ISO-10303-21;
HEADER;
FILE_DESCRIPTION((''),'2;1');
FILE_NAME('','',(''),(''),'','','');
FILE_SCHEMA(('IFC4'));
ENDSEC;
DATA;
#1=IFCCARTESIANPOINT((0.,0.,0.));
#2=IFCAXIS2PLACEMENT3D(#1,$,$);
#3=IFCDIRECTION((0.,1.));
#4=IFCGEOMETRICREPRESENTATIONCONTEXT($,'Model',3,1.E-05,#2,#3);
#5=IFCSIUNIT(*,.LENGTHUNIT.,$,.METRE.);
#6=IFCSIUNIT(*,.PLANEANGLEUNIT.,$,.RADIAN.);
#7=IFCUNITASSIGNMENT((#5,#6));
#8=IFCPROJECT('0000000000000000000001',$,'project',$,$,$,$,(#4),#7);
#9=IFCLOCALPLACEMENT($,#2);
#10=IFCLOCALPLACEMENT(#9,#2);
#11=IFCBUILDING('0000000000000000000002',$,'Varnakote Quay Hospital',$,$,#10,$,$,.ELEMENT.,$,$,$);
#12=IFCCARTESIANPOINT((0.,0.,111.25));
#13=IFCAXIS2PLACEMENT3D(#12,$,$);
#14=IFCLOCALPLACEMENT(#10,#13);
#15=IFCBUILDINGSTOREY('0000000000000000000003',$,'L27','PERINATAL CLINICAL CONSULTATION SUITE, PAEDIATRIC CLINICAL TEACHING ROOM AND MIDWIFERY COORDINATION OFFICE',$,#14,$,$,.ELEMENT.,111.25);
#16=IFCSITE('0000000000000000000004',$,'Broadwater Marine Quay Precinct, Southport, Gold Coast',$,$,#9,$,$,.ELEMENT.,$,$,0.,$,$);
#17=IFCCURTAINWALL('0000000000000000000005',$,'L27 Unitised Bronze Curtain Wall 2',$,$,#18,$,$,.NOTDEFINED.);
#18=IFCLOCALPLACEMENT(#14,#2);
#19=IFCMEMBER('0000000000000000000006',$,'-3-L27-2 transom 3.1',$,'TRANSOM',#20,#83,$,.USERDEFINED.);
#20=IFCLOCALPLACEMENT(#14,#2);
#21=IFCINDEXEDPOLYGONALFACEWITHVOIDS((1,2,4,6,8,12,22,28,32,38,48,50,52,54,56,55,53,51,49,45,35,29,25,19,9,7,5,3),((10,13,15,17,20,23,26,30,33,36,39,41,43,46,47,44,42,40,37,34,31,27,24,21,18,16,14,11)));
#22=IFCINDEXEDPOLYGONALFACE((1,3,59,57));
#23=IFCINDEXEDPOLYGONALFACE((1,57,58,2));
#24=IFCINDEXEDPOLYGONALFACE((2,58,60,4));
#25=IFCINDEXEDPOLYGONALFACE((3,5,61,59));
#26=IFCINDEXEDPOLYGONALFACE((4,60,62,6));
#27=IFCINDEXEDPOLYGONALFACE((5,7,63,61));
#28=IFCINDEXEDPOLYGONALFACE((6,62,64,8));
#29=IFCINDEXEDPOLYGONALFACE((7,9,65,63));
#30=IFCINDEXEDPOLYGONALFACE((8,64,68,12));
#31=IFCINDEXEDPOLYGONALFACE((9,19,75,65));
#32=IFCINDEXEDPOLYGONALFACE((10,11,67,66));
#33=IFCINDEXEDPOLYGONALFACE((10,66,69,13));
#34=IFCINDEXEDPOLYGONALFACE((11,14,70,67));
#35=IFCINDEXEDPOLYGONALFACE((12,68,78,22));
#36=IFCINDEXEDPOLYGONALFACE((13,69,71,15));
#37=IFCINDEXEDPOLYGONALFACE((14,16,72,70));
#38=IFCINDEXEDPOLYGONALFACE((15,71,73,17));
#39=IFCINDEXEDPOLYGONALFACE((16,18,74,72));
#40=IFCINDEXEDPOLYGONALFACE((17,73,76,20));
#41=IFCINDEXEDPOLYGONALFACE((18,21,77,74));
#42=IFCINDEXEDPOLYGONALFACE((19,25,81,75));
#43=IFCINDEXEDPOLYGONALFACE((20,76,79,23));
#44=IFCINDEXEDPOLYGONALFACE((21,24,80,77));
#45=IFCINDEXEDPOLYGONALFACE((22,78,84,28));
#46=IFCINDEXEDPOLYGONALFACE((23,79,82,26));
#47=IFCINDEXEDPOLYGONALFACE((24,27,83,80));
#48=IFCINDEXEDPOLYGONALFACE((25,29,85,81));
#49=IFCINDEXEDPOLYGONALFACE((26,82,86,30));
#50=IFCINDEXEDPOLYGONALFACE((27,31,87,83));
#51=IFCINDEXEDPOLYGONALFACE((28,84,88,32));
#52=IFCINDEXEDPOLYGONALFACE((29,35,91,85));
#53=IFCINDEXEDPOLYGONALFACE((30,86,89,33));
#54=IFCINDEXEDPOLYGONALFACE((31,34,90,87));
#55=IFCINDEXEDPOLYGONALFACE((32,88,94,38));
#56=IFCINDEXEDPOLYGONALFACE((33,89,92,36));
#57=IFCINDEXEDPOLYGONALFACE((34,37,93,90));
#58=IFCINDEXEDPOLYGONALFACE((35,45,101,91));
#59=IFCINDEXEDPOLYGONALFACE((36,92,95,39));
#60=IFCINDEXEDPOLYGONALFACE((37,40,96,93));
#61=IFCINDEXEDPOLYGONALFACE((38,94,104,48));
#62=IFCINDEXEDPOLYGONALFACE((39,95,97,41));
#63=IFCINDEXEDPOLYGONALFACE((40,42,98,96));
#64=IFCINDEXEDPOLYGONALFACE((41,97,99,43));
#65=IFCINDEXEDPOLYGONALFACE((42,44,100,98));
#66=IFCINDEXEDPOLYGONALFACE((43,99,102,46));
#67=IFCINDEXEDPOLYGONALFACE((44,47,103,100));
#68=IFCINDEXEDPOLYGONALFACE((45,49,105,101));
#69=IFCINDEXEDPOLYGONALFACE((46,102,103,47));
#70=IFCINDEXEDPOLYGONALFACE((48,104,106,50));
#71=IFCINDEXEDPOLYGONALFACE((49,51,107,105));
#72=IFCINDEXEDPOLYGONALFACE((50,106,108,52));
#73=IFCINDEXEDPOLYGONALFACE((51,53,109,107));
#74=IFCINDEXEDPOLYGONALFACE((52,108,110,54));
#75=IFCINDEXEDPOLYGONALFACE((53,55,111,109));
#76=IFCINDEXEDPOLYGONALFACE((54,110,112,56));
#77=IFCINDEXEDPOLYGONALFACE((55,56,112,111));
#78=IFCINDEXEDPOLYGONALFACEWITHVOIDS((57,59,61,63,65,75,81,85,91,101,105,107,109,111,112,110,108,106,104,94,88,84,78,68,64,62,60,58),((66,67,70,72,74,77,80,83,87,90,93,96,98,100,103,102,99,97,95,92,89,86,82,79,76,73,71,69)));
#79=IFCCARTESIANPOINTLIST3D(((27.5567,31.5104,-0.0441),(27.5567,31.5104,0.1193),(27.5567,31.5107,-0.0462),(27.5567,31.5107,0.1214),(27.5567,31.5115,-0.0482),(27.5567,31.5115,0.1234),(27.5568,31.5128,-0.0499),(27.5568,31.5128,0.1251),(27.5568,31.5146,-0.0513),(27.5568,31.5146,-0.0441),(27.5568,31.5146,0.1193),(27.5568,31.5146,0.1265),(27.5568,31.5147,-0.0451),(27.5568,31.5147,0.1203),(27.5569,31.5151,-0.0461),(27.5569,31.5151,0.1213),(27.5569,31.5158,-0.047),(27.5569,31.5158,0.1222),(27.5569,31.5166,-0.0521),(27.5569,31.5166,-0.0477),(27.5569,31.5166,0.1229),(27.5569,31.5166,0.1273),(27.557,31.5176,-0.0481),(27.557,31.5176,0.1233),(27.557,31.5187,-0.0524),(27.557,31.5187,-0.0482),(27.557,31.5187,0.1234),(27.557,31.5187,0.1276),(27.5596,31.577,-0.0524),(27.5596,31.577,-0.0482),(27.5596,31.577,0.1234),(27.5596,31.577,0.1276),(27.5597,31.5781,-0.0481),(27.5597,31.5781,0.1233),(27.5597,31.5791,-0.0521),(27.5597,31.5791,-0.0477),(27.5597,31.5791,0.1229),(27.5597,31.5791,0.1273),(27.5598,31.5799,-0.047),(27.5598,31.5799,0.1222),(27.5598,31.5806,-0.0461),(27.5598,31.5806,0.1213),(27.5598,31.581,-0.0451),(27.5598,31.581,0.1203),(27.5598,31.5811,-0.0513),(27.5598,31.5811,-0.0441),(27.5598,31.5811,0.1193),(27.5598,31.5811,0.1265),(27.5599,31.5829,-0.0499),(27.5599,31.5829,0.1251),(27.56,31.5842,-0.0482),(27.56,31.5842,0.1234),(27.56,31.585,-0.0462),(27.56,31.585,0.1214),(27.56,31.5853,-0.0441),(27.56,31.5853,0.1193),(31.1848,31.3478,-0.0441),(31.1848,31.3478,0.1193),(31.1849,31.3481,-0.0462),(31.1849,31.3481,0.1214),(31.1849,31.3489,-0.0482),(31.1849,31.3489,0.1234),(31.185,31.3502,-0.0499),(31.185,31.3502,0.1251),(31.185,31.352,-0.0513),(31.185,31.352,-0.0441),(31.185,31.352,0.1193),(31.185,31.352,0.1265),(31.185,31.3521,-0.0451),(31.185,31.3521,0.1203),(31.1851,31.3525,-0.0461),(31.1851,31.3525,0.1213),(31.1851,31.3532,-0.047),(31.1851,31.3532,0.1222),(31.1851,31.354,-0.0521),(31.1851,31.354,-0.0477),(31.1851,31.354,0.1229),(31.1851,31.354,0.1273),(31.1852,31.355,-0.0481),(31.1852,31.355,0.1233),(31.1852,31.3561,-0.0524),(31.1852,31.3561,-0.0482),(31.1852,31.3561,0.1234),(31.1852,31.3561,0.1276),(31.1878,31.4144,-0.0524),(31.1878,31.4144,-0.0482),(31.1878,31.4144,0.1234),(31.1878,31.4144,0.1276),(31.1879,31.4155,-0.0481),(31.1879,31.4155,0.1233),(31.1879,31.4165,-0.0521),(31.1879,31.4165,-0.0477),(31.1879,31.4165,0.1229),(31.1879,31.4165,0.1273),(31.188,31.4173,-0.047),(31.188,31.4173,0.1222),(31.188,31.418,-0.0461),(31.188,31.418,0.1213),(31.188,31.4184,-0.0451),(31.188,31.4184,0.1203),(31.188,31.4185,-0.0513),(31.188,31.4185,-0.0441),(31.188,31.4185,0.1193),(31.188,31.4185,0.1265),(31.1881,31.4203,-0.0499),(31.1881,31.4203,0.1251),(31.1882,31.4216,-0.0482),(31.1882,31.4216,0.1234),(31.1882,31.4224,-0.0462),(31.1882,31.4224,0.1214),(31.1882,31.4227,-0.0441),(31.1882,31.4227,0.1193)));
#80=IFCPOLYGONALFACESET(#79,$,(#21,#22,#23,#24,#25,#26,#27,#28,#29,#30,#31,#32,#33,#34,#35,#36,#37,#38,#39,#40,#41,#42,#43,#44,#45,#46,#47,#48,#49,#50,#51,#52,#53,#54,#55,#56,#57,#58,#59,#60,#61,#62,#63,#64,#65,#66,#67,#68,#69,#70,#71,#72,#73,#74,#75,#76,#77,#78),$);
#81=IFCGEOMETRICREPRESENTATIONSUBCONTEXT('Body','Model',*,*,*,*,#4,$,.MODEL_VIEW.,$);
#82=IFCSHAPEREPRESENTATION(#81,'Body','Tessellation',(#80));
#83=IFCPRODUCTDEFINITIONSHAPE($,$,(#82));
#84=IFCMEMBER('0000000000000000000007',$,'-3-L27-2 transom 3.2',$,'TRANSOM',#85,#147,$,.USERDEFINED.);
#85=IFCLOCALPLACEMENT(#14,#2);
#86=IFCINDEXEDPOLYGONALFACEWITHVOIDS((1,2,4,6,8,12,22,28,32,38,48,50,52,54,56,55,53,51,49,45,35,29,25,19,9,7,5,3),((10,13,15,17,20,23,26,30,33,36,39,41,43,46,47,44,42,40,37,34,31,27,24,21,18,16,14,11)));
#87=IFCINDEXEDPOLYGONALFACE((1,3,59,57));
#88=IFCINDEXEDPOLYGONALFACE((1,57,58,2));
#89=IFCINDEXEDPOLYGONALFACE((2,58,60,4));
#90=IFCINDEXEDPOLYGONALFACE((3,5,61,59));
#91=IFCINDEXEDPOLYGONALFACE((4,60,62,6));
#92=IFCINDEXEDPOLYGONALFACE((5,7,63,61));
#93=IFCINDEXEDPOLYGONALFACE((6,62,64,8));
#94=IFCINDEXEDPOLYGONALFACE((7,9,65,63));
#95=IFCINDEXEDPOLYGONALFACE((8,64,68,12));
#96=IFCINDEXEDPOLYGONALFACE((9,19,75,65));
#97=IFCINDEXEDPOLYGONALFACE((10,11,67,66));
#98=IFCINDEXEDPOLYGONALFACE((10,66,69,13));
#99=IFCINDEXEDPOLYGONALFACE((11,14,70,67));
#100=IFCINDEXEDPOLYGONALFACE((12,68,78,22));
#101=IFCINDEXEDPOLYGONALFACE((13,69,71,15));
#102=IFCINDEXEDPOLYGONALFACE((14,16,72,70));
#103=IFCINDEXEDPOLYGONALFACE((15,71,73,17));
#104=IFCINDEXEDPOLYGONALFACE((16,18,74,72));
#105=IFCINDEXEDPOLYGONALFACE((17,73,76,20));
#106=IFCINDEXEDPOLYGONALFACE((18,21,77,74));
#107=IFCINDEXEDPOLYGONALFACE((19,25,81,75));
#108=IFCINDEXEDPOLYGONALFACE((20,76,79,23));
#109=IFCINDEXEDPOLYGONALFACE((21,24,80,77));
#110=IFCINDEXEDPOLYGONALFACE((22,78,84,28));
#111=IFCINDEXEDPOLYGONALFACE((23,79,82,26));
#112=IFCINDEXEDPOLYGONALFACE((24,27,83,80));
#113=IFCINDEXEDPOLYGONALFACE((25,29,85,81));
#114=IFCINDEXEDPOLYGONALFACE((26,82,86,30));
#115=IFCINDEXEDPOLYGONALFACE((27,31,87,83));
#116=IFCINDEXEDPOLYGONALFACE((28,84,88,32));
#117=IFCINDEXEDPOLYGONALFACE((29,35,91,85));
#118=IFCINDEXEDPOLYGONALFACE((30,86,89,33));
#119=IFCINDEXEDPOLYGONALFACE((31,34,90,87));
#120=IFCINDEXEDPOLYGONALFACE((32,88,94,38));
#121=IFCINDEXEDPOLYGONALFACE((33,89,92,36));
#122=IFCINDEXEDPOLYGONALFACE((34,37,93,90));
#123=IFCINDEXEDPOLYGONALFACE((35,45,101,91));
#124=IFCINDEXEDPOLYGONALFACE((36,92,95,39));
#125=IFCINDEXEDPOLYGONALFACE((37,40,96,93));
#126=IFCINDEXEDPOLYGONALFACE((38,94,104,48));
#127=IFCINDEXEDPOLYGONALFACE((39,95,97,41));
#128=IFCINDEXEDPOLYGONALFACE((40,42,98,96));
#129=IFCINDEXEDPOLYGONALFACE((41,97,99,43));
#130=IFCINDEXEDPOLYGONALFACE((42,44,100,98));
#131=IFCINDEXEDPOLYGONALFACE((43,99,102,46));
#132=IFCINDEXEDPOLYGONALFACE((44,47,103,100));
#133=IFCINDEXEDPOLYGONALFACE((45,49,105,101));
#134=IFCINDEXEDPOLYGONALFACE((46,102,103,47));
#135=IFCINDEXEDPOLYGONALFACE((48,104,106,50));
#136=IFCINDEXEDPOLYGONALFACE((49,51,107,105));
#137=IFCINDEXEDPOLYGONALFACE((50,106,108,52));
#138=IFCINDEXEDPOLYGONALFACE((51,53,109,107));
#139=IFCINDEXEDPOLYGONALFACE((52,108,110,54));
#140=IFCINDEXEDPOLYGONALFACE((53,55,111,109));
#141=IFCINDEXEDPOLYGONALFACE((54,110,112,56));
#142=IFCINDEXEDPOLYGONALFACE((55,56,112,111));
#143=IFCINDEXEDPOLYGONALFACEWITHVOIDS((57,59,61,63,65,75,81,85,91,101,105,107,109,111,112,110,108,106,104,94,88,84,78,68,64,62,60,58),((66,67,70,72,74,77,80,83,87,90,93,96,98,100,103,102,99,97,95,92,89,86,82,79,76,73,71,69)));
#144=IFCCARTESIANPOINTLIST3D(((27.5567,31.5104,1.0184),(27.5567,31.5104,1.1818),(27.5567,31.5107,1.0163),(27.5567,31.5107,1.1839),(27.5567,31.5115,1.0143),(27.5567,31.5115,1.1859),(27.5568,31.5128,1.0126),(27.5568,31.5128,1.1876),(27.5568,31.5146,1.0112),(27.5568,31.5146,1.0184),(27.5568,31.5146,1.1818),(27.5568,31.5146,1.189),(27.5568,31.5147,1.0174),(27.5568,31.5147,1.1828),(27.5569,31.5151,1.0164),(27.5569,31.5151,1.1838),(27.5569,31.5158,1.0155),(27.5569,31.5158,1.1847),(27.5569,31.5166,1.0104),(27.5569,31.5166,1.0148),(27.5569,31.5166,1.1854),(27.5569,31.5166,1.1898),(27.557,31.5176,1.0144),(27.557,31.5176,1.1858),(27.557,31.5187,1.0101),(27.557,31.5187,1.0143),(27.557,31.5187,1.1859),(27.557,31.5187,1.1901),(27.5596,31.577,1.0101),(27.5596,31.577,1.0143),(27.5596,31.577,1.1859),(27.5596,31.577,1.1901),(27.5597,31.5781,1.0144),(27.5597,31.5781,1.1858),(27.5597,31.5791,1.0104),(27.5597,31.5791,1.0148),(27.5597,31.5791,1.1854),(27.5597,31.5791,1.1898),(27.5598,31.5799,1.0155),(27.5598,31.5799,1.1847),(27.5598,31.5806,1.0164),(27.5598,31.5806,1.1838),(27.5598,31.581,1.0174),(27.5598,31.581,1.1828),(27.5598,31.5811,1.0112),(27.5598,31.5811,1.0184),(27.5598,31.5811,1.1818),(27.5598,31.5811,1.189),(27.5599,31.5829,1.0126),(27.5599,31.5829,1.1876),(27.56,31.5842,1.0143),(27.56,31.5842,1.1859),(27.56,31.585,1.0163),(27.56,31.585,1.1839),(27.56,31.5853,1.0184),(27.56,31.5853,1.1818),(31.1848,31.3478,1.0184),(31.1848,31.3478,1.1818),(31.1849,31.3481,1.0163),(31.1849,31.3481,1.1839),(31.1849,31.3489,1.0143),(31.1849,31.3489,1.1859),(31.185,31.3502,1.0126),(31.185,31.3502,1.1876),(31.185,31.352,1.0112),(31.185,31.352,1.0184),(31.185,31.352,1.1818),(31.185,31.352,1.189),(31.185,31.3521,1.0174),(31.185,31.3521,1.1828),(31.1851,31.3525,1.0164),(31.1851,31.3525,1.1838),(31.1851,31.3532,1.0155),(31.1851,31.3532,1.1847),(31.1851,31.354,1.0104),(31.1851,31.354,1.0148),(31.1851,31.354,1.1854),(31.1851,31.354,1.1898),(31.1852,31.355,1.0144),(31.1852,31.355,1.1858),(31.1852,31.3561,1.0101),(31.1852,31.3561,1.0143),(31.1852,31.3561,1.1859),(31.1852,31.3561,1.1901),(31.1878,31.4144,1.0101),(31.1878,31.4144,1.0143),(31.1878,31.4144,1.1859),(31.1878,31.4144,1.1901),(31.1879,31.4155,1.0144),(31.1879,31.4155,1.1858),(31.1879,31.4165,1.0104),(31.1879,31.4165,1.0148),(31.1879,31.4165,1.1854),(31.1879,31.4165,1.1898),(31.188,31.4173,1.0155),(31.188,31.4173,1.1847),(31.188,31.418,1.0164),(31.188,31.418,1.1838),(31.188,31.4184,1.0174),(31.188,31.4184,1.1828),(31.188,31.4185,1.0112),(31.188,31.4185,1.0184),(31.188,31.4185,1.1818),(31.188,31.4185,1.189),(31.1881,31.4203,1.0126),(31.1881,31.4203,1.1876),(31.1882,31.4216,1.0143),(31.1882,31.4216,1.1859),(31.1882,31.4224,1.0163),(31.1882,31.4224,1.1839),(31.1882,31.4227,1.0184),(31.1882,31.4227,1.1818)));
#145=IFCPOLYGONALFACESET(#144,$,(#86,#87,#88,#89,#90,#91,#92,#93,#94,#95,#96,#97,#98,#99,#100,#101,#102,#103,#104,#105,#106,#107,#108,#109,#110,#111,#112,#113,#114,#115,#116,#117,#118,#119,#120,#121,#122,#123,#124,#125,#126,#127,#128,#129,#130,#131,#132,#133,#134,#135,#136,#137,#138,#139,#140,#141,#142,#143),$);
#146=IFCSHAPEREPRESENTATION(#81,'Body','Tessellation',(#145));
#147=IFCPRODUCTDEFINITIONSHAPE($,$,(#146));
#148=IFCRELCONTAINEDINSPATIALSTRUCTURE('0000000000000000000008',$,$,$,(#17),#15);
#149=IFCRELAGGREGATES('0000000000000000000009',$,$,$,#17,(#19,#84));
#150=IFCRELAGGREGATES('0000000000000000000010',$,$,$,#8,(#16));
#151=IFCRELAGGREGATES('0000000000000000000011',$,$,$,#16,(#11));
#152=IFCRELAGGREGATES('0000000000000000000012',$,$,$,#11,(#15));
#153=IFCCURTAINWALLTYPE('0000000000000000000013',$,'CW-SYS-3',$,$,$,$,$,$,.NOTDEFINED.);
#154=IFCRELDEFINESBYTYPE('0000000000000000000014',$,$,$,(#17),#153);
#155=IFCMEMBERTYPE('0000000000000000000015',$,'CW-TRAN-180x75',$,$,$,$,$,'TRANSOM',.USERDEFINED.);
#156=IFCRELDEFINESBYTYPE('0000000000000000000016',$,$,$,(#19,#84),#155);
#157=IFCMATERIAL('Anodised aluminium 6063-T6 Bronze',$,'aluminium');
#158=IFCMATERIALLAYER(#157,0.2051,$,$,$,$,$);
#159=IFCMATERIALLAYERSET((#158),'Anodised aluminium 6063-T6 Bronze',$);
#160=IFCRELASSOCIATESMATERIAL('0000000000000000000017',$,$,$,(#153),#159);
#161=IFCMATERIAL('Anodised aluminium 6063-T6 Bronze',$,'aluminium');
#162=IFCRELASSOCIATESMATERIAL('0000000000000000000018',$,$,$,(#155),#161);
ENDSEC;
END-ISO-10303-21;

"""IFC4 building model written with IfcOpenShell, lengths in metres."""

from ifc_helpers import new_model, si_unit, direction, frame, origin, origin_2d, place, context, subcontext, project, spatial, hollow_rectangle, extrude, material, layer, layer_set, material_profile, profile_set, type_object, element, aggregate, save


model = new_model("IFC4")

# Units and contexts
model_context = context("Model", 3, precision=1e-05, world=origin(), true_north=direction((0.0, 1.0)))
body_context = subcontext(model_context, "Body", "Model", "MODEL_VIEW")
ifc_project = project(units=[si_unit("LENGTHUNIT", "METRE"), si_unit("PLANEANGLEUNIT", "RADIAN")], contexts=[model_context])

# Site, building, storey
site_placement = place(None, origin())
site = spatial("IfcSite", under=ifc_project, at=site_placement, Name="Broadwater Marine Quay Precinct, Southport, Gold Coast", CompositionType="ELEMENT", RefElevation=0.0)
building_placement = place(site_placement, origin())
building = spatial("IfcBuilding", under=site, at=building_placement, Name="Varnakote Quay Hospital", CompositionType="ELEMENT")
storey_placement = place(building_placement, frame((0.0, 0.0, 111.25)))
storey = spatial("IfcBuildingStorey", under=building, at=storey_placement, Name="L27", Description="PERINATAL CLINICAL CONSULTATION SUITE, PAEDIATRIC CLINICAL TEACHING ROOM AND MIDWIFERY COORDINATION OFFICE", CompositionType="ELEMENT", Elevation=111.25)

# Curtain wall, members
ifc_material_1 = material(Name="Anodised aluminium 6063-T6 Bronze", Category="aluminium")
ifc_layer_1 = layer(ifc_material_1, 0.2051)
ifc_layer_set_1 = layer_set([ifc_layer_1], Name="Anodised aluminium 6063-T6 Bronze")
curtain_wall_type = type_object("IfcCurtainWallType", Name="CW-SYS-3", PredefinedType="NOTDEFINED", material=ifc_layer_set_1)
curtain_wall_placement = place(storey_placement, origin())
curtain_wall = element("IfcCurtainWall", 1, at=curtain_wall_placement, inside=storey, type_object=curtain_wall_type, Name="L27 Unitised Bronze Curtain Wall 2", PredefinedType="NOTDEFINED")
ifc_material_2 = material(Name="Anodised aluminium 6063-T6 Bronze", Category="aluminium")
ifc_material_profile_1 = material_profile(ifc_material_2, hollow_rectangle(XDim=0.075, YDim=0.1799, WallThickness=0.0042, InnerFilletRadius=0.0042, OuterFilletRadius=0.0083, at=origin_2d()), Name="CW-TRAN-180x75")
ifc_profile_set_1 = profile_set([ifc_material_profile_1], Name="Anodised aluminium 6063-T6 Bronze")
member_type_1 = type_object("IfcMemberType", Name="CW-TRAN-180x75", ElementType="TRANSOM", PredefinedType="USERDEFINED", material=ifc_profile_set_1)
member_1_placement = place(storey_placement, frame((31.1865, 31.3853, 0.0376), z_axis=(-0.998997, 0.04477, 0.0), x_axis=(-0.04477, -0.998997, 0.0)))
member_1 = element("IfcMember", 2, at=member_1_placement, type_object=member_type_1, Name="-3-L27-2 transom 3.1", ObjectType="TRANSOM", PredefinedType="USERDEFINED", context=body_context, shape_type="SweptSolid", body=[
    extrude(hollow_rectangle(XDim=0.075, YDim=0.1799, WallThickness=0.0042, InnerFilletRadius=0.0042, OuterFilletRadius=0.0083, at=origin_2d()), origin(), (0.0, 0.0, 1.0), 3.6318),
])
member_2_placement = place(storey_placement, frame((31.1865, 31.3853, 1.1001), z_axis=(-0.998997, 0.04477, 0.0), x_axis=(-0.04477, -0.998997, 0.0)))
member_2 = element("IfcMember", 3, at=member_2_placement, type_object=member_type_1, Name="-3-L27-2 transom 3.2", ObjectType="TRANSOM", PredefinedType="USERDEFINED", context=body_context, shape_type="SweptSolid", body=[
    extrude(hollow_rectangle(XDim=0.075, YDim=0.1799, WallThickness=0.0042, InnerFilletRadius=0.0042, OuterFilletRadius=0.0083, at=origin_2d()), origin(), (0.0, 0.0, 1.0), 3.6318),
])
aggregate(curtain_wall, [member_1, member_2])

save(model, "model.ifc")
